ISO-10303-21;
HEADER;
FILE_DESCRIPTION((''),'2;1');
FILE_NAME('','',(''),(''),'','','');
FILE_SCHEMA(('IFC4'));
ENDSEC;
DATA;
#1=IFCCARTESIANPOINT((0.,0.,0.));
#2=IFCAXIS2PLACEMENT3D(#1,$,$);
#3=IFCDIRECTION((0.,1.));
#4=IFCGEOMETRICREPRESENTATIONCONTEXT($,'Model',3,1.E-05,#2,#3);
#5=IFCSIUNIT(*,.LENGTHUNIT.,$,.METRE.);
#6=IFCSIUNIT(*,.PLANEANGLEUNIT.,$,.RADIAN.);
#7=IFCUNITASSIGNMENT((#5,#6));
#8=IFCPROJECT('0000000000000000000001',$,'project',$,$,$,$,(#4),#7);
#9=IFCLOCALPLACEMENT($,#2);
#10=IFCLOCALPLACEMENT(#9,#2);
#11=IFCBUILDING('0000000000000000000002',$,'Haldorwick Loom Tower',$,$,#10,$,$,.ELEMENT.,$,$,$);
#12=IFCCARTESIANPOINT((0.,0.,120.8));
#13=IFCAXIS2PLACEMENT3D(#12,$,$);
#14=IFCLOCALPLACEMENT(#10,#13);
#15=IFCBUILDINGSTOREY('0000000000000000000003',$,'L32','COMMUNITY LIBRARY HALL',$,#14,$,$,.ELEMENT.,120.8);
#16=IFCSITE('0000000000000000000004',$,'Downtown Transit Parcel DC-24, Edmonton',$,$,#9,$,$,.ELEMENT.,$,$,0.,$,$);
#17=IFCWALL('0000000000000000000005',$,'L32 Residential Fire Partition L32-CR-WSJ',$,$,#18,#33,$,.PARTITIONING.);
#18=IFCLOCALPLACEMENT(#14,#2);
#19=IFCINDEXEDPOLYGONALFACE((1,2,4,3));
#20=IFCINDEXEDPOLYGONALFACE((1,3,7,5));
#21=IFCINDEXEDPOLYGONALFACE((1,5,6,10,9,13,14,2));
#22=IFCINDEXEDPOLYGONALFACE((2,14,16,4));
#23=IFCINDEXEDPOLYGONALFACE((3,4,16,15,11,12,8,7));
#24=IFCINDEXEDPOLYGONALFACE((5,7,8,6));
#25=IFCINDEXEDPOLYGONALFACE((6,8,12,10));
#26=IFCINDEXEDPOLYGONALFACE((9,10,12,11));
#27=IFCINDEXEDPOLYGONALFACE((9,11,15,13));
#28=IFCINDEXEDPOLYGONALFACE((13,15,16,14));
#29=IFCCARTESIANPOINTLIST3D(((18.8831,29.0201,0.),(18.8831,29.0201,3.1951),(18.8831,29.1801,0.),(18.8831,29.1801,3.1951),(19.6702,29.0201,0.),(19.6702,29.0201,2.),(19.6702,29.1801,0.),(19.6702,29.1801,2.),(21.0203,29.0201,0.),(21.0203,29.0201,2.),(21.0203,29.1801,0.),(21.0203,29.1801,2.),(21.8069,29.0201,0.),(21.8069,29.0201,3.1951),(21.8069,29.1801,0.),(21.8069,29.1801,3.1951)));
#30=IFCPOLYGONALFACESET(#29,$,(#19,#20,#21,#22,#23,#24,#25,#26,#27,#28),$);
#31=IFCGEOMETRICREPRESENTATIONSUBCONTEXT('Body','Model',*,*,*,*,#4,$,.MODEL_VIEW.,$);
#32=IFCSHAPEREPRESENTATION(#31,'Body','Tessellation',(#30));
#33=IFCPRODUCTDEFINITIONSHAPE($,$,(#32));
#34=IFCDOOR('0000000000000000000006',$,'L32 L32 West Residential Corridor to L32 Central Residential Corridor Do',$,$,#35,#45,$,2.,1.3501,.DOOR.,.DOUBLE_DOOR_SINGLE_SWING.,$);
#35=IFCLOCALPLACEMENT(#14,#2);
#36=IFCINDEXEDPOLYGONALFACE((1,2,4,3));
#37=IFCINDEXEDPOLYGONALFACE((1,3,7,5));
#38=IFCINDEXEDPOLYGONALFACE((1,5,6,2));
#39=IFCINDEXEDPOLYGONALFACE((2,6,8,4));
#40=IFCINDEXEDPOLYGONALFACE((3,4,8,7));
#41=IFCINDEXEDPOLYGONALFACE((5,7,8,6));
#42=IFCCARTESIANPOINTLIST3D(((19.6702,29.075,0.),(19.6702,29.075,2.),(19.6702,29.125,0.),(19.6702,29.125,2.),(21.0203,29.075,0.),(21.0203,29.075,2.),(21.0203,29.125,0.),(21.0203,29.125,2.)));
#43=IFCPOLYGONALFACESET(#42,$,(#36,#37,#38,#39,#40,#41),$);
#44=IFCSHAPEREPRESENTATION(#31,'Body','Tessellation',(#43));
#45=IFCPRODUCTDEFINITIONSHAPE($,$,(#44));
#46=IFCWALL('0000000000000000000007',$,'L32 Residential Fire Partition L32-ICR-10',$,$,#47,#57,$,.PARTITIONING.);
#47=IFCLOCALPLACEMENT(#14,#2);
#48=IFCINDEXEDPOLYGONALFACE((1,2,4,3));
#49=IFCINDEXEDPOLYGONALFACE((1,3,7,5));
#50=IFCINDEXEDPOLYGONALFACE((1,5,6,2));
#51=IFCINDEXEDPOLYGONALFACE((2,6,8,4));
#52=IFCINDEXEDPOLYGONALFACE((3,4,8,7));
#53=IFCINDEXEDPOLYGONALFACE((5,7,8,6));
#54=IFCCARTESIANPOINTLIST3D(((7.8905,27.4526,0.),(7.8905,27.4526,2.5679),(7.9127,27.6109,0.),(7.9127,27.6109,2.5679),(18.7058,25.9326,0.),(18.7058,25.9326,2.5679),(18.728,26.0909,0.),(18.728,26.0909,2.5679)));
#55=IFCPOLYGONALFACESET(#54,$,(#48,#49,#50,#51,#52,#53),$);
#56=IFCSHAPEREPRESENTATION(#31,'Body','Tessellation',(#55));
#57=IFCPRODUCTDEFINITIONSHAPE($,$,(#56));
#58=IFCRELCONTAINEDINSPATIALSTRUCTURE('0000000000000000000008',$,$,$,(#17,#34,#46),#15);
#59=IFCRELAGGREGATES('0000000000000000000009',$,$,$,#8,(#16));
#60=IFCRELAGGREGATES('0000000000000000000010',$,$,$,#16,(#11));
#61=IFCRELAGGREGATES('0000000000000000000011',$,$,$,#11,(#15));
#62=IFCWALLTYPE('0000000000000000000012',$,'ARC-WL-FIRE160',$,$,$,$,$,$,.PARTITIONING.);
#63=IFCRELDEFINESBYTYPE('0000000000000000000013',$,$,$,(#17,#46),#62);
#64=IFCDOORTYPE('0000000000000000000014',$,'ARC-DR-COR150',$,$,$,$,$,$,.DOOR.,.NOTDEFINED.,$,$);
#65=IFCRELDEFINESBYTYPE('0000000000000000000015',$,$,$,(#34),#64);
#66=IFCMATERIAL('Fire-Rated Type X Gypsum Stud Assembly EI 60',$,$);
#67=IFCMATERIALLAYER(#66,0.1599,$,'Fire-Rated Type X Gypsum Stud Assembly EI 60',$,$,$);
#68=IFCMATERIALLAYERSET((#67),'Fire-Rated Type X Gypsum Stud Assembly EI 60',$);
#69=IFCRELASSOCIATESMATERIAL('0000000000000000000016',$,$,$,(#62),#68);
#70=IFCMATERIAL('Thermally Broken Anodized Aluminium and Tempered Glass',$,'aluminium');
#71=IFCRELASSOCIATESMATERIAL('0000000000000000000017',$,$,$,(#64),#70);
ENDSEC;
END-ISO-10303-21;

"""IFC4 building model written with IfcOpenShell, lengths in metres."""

from ifc_helpers import new_model, si_unit, direction, frame, frame_2d, origin, place, context, subcontext, project, spatial, rectangle, extrude, material, layer, layer_set, type_object, element, fill, save


model = new_model("IFC4")

# Units and contexts
model_context = context("Model", 3, precision=1e-05, world=origin(), true_north=direction((0.0, 1.0)))
body_context = subcontext(model_context, "Body", "Model", "MODEL_VIEW")
ifc_project = project(units=[si_unit("LENGTHUNIT", "METRE"), si_unit("PLANEANGLEUNIT", "RADIAN")], contexts=[model_context])

# Site, building, storey
site_placement = place(None, origin())
site = spatial("IfcSite", under=ifc_project, at=site_placement, Name="Downtown Transit Parcel DC-24, Edmonton", CompositionType="ELEMENT", RefElevation=0.0)
building_placement = place(site_placement, origin())
building = spatial("IfcBuilding", under=site, at=building_placement, Name="Haldorwick Loom Tower", CompositionType="ELEMENT")
storey_placement = place(building_placement, frame((0.0, 0.0, 120.8)))
storey = spatial("IfcBuildingStorey", under=building, at=storey_placement, Name="L32", Description="COMMUNITY LIBRARY HALL", CompositionType="ELEMENT", Elevation=120.8)

# Shared definitions
ifc_material_1 = material(Name="Fire-Rated Type X Gypsum Stud Assembly EI 60")
ifc_layer_1 = layer(ifc_material_1, 0.1599, Name="Fire-Rated Type X Gypsum Stud Assembly EI 60")
ifc_layer_set_1 = layer_set([ifc_layer_1], Name="Fire-Rated Type X Gypsum Stud Assembly EI 60")
wall_type_1 = type_object("IfcWallType", Name="ARC-WL-FIRE160", PredefinedType="PARTITIONING", material=ifc_layer_set_1)

# Wall, opening, door
wall_1_placement = place(storey_placement, frame((18.8831, 29.1001, 0.0), z_axis=(0.0, 0.0, 1.0), x_axis=(1.0, 0.0, 0.0)))
wall_1 = element("IfcWall", 1, at=wall_1_placement, inside=storey, type_object=wall_type_1, Name="L32 Residential Fire Partition L32-CR-WSJ", PredefinedType="PARTITIONING", context=body_context, shape_type="SweptSolid", body=[
    extrude(rectangle(XDim=2.9238, YDim=0.1599, at=frame_2d((1.4619, 0.0))), origin(), (0.0, 0.0, 1.0), 3.1951),
])
opening_1_placement = place(wall_1_placement, frame((0.7871, 0.0, 0.0)))
opening_1 = element("IfcOpeningElement", 2, at=opening_1_placement, cuts=wall_1, PredefinedType="OPENING", context=body_context, shape_type="SweptSolid", body=[
    extrude(rectangle(XDim=1.3501, YDim=2.0, at=frame_2d((0.675, 1.0))), frame((0.0, 0.0898, 0.0), z_axis=(0.0, -1.0, 0.0), x_axis=(1.0, 0.0, 0.0)), (0.0, 0.0, 1.0), 0.1799),
])
ifc_material_2 = material(Name="Thermally Broken Anodized Aluminium and Tempered Glass", Category="aluminium")
door_type_1 = type_object("IfcDoorType", Name="ARC-DR-COR150", OperationType="NOTDEFINED", PredefinedType="DOOR", material=ifc_material_2)
door_1_placement = place(opening_1_placement, origin())
door_1 = element("IfcDoor", 3, at=door_1_placement, inside=storey, type_object=door_type_1, Name="L32 L32 West Residential Corridor to L32 Central Residential Corridor Do", OperationType="DOUBLE_DOOR_SINGLE_SWING", OverallHeight=2.0, OverallWidth=1.3501, PredefinedType="DOOR", context=body_context, shape_type="SweptSolid", body=[
    extrude(rectangle(XDim=1.3501, YDim=2.0, at=frame_2d((0.675, 1.0))), frame((0.0, 0.0249, 0.0), z_axis=(0.0, -1.0, 0.0), x_axis=(1.0, 0.0, 0.0)), (0.0, 0.0, 1.0), 0.05),
])
fill(opening_1, door_1)

# Wall
wall_2_placement = place(storey_placement, frame((18.717, 26.0117, 0.0), z_axis=(0.0, 0.0, 1.0), x_axis=(-0.990268, 0.139174, 0.0)))
element("IfcWall", 4, at=wall_2_placement, inside=storey, type_object=wall_type_1, Name="L32 Residential Fire Partition L32-ICR-10", PredefinedType="PARTITIONING", context=body_context, shape_type="SweptSolid", body=[
    extrude(rectangle(XDim=10.9216, YDim=0.1599, at=frame_2d((5.4609, 0.0))), origin(), (0.0, 0.0, 1.0), 2.5679),
])

save(model, "model.ifc")
